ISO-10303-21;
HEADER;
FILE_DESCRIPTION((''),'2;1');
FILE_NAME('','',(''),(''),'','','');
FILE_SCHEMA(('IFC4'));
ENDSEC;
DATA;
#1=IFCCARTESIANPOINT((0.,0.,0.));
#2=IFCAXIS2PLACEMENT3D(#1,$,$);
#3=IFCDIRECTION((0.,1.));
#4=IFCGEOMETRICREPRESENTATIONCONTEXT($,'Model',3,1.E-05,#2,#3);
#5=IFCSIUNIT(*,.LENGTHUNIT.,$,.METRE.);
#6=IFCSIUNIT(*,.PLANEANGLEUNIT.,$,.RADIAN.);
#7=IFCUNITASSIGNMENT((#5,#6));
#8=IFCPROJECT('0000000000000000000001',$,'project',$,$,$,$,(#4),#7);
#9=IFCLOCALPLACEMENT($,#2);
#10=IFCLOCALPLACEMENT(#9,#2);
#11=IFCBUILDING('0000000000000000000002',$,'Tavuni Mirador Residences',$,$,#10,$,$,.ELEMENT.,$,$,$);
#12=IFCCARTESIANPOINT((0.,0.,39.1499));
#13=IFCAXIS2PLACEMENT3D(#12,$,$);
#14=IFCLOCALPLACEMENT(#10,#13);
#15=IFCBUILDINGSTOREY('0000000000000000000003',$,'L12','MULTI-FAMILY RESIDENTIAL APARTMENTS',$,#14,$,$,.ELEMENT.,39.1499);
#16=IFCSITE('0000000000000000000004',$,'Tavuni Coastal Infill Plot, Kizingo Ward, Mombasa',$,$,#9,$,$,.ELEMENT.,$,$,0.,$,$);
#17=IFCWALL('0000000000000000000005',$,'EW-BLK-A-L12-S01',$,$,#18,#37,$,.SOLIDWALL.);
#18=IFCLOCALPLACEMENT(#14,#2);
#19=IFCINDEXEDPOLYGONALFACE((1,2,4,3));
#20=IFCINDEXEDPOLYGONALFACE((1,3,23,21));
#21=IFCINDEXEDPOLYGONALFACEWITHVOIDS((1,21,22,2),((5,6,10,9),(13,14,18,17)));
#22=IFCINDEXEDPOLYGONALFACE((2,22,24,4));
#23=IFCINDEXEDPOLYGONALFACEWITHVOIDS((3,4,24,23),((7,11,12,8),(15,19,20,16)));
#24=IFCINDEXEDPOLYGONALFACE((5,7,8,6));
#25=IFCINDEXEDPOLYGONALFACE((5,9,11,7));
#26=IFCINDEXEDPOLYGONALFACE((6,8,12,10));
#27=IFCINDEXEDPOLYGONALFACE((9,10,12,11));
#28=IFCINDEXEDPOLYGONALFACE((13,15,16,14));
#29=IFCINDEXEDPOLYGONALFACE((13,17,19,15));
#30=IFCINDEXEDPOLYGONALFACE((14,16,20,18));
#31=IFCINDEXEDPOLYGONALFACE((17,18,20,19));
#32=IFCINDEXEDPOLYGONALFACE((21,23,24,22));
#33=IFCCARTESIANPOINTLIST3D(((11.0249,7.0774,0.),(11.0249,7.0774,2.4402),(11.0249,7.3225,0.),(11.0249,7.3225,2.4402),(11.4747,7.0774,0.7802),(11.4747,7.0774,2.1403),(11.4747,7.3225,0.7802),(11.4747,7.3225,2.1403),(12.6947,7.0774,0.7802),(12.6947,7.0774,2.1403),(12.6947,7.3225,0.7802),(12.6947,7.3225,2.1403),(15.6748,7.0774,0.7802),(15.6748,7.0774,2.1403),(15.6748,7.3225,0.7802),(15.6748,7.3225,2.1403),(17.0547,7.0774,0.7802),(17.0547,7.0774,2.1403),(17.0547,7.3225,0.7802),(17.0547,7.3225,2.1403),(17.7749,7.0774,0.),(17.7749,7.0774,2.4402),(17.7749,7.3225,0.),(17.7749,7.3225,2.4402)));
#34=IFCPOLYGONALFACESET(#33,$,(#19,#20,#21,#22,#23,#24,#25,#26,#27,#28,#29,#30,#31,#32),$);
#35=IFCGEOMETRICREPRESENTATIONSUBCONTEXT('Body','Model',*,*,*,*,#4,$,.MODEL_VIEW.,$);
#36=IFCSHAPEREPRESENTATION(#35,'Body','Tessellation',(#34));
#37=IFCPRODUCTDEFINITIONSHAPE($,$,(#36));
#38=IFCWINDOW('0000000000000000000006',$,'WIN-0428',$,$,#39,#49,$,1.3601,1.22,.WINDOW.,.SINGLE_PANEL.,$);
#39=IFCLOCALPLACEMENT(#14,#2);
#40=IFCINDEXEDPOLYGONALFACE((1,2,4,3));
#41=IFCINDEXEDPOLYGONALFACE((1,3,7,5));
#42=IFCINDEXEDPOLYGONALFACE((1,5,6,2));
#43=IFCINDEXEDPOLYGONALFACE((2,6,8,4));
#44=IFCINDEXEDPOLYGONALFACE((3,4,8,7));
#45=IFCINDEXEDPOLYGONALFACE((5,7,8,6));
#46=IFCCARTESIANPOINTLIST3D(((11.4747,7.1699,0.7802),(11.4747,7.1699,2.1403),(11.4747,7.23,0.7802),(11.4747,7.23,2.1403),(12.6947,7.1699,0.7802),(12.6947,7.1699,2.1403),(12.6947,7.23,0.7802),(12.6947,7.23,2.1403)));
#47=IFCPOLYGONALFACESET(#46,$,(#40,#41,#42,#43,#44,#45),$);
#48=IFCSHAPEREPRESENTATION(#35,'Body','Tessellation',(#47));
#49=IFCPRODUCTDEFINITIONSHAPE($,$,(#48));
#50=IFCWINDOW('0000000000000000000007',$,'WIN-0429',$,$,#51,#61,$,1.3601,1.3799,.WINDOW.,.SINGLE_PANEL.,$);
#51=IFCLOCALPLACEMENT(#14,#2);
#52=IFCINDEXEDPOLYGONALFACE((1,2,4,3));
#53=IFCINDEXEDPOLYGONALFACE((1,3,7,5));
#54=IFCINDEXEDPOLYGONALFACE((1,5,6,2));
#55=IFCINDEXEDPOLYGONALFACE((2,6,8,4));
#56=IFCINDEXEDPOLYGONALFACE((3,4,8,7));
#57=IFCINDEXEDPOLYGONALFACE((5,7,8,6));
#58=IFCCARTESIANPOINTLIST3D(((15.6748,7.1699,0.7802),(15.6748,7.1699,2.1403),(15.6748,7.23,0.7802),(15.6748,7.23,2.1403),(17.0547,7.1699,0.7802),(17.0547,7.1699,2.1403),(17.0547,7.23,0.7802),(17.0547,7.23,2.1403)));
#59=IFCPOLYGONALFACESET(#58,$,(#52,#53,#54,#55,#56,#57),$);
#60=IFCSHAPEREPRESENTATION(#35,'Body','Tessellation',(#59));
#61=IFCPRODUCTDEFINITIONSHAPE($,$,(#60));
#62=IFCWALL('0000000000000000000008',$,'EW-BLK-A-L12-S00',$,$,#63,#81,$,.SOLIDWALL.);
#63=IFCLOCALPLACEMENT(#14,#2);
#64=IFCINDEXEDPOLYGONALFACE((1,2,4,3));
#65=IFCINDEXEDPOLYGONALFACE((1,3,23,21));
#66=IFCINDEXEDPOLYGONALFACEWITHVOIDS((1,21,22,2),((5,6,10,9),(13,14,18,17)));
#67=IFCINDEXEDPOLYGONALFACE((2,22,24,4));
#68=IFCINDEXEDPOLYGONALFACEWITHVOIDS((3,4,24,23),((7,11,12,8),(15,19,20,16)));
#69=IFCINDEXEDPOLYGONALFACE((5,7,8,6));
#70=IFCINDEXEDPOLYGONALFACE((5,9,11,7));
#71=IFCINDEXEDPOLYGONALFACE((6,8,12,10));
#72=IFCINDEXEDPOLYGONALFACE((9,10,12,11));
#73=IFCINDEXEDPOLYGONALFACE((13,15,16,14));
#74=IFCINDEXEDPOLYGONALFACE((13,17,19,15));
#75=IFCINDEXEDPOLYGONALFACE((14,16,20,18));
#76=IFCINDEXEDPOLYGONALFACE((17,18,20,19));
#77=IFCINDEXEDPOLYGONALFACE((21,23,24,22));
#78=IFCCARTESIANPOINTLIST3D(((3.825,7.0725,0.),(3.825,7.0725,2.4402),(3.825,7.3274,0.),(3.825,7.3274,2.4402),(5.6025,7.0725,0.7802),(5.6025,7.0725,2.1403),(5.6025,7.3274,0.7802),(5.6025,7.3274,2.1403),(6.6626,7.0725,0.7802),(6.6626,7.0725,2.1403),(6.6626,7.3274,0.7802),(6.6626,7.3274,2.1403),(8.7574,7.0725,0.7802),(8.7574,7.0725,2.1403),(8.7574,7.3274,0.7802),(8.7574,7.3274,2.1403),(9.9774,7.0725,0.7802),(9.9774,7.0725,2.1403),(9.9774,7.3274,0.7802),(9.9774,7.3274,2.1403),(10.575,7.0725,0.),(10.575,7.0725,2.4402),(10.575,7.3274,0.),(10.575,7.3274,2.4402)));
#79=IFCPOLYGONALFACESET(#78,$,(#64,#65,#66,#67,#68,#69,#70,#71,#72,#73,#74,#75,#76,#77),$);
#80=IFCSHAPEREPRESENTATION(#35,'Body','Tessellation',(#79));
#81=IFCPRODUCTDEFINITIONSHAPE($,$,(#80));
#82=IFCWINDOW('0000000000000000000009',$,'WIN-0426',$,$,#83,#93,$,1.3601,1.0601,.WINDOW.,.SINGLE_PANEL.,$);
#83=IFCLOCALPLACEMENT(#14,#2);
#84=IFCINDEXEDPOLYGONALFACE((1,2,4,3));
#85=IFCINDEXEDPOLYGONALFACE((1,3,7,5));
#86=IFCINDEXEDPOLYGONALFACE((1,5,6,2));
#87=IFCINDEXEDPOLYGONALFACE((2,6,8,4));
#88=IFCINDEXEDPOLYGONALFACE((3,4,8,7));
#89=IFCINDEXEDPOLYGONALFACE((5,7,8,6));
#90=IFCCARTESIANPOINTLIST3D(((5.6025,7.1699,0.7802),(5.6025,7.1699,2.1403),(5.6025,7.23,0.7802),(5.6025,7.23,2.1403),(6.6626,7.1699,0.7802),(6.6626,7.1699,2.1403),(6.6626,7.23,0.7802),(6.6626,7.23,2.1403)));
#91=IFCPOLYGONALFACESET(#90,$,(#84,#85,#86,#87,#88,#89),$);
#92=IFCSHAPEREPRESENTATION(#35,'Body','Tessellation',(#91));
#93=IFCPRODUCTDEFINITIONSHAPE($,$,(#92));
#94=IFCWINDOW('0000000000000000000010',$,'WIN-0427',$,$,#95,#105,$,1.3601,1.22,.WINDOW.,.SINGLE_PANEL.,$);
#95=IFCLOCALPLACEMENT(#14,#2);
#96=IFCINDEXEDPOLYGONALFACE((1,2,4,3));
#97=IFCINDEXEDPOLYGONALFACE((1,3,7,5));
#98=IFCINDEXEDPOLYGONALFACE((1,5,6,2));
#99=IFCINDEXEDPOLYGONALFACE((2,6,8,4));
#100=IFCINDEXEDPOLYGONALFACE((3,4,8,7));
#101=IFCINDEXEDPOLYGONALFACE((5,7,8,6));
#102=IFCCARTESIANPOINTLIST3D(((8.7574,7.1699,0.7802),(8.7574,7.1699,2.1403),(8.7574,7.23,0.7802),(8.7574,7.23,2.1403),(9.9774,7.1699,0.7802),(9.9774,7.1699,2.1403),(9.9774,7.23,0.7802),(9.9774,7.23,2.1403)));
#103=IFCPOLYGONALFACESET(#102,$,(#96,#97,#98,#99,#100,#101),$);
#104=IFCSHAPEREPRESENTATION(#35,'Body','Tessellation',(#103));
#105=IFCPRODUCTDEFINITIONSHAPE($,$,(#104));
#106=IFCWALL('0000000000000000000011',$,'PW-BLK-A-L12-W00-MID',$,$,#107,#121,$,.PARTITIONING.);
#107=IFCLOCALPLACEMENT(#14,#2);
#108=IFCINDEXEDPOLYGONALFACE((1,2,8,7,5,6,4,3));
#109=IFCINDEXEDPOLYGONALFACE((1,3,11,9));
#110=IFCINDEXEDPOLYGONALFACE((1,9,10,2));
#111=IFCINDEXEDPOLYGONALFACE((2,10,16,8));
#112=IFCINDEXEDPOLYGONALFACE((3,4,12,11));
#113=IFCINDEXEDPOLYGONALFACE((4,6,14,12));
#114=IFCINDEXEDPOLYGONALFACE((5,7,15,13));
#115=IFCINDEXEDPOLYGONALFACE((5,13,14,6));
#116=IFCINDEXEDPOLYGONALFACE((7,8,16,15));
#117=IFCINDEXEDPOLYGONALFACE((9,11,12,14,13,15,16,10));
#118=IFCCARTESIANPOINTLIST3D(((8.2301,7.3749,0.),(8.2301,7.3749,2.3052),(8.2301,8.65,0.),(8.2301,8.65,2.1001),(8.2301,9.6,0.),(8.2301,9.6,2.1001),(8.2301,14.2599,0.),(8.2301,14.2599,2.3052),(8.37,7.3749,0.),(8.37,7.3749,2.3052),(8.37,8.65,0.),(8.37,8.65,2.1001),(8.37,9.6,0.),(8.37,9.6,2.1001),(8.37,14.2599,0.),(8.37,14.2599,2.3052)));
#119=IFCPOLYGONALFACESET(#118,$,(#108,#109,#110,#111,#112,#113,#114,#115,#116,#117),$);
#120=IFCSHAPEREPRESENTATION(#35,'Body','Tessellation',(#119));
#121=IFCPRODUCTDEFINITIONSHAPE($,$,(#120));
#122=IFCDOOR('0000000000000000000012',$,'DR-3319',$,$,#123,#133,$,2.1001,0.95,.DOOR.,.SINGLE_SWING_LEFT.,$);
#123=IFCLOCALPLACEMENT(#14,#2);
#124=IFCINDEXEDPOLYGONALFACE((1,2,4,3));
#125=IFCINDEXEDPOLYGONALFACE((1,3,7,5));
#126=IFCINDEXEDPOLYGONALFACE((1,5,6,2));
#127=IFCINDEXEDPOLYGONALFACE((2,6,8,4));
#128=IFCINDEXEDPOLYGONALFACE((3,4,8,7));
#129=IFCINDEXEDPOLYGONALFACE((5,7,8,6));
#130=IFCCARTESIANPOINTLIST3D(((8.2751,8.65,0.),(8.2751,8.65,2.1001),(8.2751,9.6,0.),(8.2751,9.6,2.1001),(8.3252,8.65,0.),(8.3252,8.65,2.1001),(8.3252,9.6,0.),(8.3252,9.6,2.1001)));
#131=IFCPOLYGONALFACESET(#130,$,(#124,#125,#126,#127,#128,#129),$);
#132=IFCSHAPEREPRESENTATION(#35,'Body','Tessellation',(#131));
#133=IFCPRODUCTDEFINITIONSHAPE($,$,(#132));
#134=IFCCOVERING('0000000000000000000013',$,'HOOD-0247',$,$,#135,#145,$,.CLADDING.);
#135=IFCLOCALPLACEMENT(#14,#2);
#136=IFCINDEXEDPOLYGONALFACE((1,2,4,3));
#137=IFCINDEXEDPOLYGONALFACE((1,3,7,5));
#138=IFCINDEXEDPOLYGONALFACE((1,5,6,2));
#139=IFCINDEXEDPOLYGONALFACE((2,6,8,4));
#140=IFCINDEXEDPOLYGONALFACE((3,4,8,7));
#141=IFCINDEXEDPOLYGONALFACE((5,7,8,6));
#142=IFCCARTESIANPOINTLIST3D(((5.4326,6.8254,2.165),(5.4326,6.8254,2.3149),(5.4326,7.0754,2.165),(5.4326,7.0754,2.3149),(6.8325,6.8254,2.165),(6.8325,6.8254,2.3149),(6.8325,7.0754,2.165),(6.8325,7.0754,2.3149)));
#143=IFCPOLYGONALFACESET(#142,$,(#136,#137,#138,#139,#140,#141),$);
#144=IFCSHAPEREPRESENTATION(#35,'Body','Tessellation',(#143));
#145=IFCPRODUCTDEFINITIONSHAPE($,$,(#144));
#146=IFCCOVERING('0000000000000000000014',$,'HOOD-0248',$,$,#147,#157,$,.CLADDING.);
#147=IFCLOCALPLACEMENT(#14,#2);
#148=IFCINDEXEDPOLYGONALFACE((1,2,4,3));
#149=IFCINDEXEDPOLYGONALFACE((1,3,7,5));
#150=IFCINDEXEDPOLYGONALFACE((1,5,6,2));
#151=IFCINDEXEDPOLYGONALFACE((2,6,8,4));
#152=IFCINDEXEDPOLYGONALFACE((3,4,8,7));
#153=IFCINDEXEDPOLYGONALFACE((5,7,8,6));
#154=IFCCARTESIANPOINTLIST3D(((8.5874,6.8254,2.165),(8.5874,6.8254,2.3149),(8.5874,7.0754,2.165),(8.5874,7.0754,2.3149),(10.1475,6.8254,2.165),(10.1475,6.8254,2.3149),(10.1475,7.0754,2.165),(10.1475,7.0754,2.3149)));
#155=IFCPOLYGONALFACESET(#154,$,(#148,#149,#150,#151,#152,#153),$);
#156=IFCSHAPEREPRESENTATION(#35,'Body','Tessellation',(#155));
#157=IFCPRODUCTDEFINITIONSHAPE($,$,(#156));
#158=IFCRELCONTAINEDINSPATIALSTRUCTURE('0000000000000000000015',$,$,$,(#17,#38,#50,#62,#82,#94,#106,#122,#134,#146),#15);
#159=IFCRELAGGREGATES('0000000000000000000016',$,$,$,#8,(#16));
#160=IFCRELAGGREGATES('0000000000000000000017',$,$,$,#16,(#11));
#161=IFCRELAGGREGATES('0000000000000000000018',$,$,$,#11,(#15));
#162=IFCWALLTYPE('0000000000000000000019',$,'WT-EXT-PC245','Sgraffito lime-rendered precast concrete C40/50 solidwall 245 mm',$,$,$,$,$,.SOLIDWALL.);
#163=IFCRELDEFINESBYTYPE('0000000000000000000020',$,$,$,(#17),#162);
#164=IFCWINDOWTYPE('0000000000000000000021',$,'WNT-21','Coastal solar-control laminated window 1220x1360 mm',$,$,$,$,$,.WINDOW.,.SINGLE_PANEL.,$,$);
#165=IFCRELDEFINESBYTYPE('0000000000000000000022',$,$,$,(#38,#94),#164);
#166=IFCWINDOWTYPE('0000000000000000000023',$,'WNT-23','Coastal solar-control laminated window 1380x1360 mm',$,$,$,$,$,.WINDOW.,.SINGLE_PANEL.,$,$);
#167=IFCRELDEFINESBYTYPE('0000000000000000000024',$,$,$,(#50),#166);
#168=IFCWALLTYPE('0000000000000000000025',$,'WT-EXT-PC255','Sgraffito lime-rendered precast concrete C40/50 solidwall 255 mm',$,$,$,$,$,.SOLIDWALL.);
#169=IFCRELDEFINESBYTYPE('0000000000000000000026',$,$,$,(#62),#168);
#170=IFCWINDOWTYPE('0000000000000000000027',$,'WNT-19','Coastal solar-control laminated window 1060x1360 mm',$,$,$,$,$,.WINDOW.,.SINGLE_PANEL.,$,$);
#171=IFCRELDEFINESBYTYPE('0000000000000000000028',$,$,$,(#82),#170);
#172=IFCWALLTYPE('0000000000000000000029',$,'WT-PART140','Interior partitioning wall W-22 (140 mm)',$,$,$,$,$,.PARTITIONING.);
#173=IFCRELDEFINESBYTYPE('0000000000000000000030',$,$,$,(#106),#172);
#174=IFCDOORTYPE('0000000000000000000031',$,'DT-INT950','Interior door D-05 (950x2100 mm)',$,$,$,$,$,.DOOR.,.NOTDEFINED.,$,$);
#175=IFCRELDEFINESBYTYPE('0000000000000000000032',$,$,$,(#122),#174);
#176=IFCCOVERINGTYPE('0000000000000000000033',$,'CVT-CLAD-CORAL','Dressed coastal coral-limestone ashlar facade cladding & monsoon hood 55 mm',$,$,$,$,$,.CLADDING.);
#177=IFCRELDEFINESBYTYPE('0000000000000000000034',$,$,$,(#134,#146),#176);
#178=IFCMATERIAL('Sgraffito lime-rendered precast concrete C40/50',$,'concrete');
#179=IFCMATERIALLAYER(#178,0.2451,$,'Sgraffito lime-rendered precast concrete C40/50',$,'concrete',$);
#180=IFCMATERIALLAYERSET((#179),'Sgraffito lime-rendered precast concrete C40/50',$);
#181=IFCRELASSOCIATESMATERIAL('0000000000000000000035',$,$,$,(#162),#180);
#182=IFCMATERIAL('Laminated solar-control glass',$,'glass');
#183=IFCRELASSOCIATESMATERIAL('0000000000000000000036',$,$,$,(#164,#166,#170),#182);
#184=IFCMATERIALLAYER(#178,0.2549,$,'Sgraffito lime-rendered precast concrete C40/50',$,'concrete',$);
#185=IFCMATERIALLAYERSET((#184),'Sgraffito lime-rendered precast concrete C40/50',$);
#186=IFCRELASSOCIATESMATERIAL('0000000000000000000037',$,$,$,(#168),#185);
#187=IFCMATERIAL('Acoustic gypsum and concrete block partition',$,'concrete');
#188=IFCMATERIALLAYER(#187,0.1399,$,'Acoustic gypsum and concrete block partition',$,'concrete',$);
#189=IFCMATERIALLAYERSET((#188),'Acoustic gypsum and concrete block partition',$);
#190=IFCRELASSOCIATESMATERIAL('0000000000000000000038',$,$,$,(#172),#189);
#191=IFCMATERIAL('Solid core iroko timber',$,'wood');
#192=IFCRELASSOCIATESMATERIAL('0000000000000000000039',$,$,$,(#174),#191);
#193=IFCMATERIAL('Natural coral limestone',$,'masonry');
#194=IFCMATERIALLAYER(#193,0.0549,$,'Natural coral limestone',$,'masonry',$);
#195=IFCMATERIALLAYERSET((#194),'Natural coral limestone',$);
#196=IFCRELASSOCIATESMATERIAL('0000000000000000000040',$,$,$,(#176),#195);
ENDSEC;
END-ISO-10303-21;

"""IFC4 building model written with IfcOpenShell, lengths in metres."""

from ifc_helpers import new_model, si_unit, direction, frame, frame_2d, origin, origin_2d, place, context, subcontext, project, spatial, rectangle, extrude, material, layer, layer_set, type_object, element, fill, save


model = new_model("IFC4")

# Units and contexts
model_context = context("Model", 3, precision=1e-05, world=origin(), true_north=direction((0.0, 1.0)))
body_context = subcontext(model_context, "Body", "Model", "MODEL_VIEW")
ifc_project = project(units=[si_unit("LENGTHUNIT", "METRE"), si_unit("PLANEANGLEUNIT", "RADIAN")], contexts=[model_context])

# Site, building, storey
site_placement = place(None, origin())
site = spatial("IfcSite", under=ifc_project, at=site_placement, Name="Tavuni Coastal Infill Plot, Kizingo Ward, Mombasa", CompositionType="ELEMENT", RefElevation=0.0)
building_placement = place(site_placement, origin())
building = spatial("IfcBuilding", under=site, at=building_placement, Name="Tavuni Mirador Residences", CompositionType="ELEMENT")
storey_placement = place(building_placement, frame((0.0, 0.0, 39.1499)))
storey = spatial("IfcBuildingStorey", under=building, at=storey_placement, Name="L12", Description="MULTI-FAMILY RESIDENTIAL APARTMENTS", CompositionType="ELEMENT", Elevation=39.1499)

# Shared definitions
ifc_material_1 = material(Name="Laminated solar-control glass", Category="glass")

# Shared definitions
ifc_material_2 = material(Name="Solid core iroko timber", Category="wood")

# Walls, openings, windows
ifc_material_3 = material(Name="Sgraffito lime-rendered precast concrete C40/50", Category="concrete")
ifc_layer_1 = layer(ifc_material_3, 0.2451, Name="Sgraffito lime-rendered precast concrete C40/50", Category="concrete")
ifc_layer_set_1 = layer_set([ifc_layer_1], Name="Sgraffito lime-rendered precast concrete C40/50")
wall_type_1 = type_object("IfcWallType", Name="WT-EXT-PC245", Description="Sgraffito lime-rendered precast concrete C40/50 solidwall 245 mm", PredefinedType="SOLIDWALL", material=ifc_layer_set_1)
wall_1_placement = place(storey_placement, frame((11.0249, 7.2, 0.0), z_axis=(0.0, 0.0, 1.0), x_axis=(1.0, 0.0, 0.0)))
wall_1 = element("IfcWall", 1, at=wall_1_placement, inside=storey, type_object=wall_type_1, Name="EW-BLK-A-L12-S01", PredefinedType="SOLIDWALL", context=body_context, shape_type="SweptSolid", body=[
    extrude(rectangle(XDim=6.75, YDim=0.2451, at=frame_2d((3.375, 0.0))), origin(), (0.0, 0.0, 1.0), 2.4402),
])
opening_1_placement = place(wall_1_placement, frame((0.45, 0.0, 0.78)))
opening_1 = element("IfcOpeningElement", 2, at=opening_1_placement, cuts=wall_1, PredefinedType="OPENING", context=body_context, shape_type="SweptSolid", body=[
    extrude(rectangle(XDim=1.22, YDim=1.3601, at=frame_2d((0.6099, 0.6802))), frame((0.0, 0.1326, 0.0), z_axis=(0.0, -1.0, 0.0), x_axis=(1.0, 0.0, 0.0)), (0.0, 0.0, 1.0), 0.2651),
])
opening_2_placement = place(wall_1_placement, frame((4.6499, 0.0, 0.78)))
opening_2 = element("IfcOpeningElement", 3, at=opening_2_placement, cuts=wall_1, PredefinedType="OPENING", context=body_context, shape_type="SweptSolid", body=[
    extrude(rectangle(XDim=1.3799, YDim=1.3601, at=frame_2d((0.6899, 0.6802))), frame((0.0, 0.1326, 0.0), z_axis=(0.0, -1.0, 0.0), x_axis=(1.0, 0.0, 0.0)), (0.0, 0.0, 1.0), 0.2651),
])
window_type_1 = type_object("IfcWindowType", Name="WNT-21", Description="Coastal solar-control laminated window 1220x1360 mm", PartitioningType="SINGLE_PANEL", PredefinedType="WINDOW", material=ifc_material_1)
window_1_placement = place(opening_1_placement, origin())
window_1 = element("IfcWindow", 4, at=window_1_placement, inside=storey, type_object=window_type_1, Name="WIN-0428", OverallHeight=1.3601, OverallWidth=1.22, PartitioningType="SINGLE_PANEL", PredefinedType="WINDOW", context=body_context, shape_type="SweptSolid", body=[
    extrude(rectangle(XDim=1.22, YDim=1.3601, at=frame_2d((0.6099, 0.6802))), frame((0.0, 0.03, 0.0), z_axis=(0.0, -1.0, 0.0), x_axis=(1.0, 0.0, 0.0)), (0.0, 0.0, 1.0), 0.0601),
])
fill(opening_1, window_1)
window_type_2 = type_object("IfcWindowType", Name="WNT-23", Description="Coastal solar-control laminated window 1380x1360 mm", PartitioningType="SINGLE_PANEL", PredefinedType="WINDOW", material=ifc_material_1)
window_2_placement = place(opening_2_placement, origin())
window_2 = element("IfcWindow", 5, at=window_2_placement, inside=storey, type_object=window_type_2, Name="WIN-0429", OverallHeight=1.3601, OverallWidth=1.3799, PartitioningType="SINGLE_PANEL", PredefinedType="WINDOW", context=body_context, shape_type="SweptSolid", body=[
    extrude(rectangle(XDim=1.3799, YDim=1.3601, at=frame_2d((0.6899, 0.6802))), frame((0.0, 0.03, 0.0), z_axis=(0.0, -1.0, 0.0), x_axis=(1.0, 0.0, 0.0)), (0.0, 0.0, 1.0), 0.0601),
])
fill(opening_2, window_2)
ifc_layer_2 = layer(ifc_material_3, 0.2549, Name="Sgraffito lime-rendered precast concrete C40/50", Category="concrete")
ifc_layer_set_2 = layer_set([ifc_layer_2], Name="Sgraffito lime-rendered precast concrete C40/50")
wall_type_2 = type_object("IfcWallType", Name="WT-EXT-PC255", Description="Sgraffito lime-rendered precast concrete C40/50 solidwall 255 mm", PredefinedType="SOLIDWALL", material=ifc_layer_set_2)
wall_2_placement = place(storey_placement, frame((3.825, 7.2, 0.0), z_axis=(0.0, 0.0, 1.0), x_axis=(1.0, 0.0, 0.0)))
wall_2 = element("IfcWall", 6, at=wall_2_placement, inside=storey, type_object=wall_type_2, Name="EW-BLK-A-L12-S00", PredefinedType="SOLIDWALL", context=body_context, shape_type="SweptSolid", body=[
    extrude(rectangle(XDim=6.75, YDim=0.2549, at=frame_2d((3.375, 0.0))), origin(), (0.0, 0.0, 1.0), 2.4402),
])
opening_3_placement = place(wall_2_placement, frame((1.7776, 0.0, 0.78)))
opening_3 = element("IfcOpeningElement", 7, at=opening_3_placement, cuts=wall_2, PredefinedType="OPENING", context=body_context, shape_type="SweptSolid", body=[
    extrude(rectangle(XDim=1.0601, YDim=1.3601, at=frame_2d((0.53, 0.6802))), frame((0.0, 0.1375, 0.0), z_axis=(0.0, -1.0, 0.0), x_axis=(1.0, 0.0, 0.0)), (0.0, 0.0, 1.0), 0.2749),
])
opening_4_placement = place(wall_2_placement, frame((4.9326, 0.0, 0.78)))
opening_4 = element("IfcOpeningElement", 8, at=opening_4_placement, cuts=wall_2, PredefinedType="OPENING", context=body_context, shape_type="SweptSolid", body=[
    extrude(rectangle(XDim=1.22, YDim=1.3601, at=frame_2d((0.6099, 0.6802))), frame((0.0, 0.1375, 0.0), z_axis=(0.0, -1.0, 0.0), x_axis=(1.0, 0.0, 0.0)), (0.0, 0.0, 1.0), 0.2749),
])
window_type_3 = type_object("IfcWindowType", Name="WNT-19", Description="Coastal solar-control laminated window 1060x1360 mm", PartitioningType="SINGLE_PANEL", PredefinedType="WINDOW", material=ifc_material_1)
window_3_placement = place(opening_3_placement, origin())
window_3 = element("IfcWindow", 9, at=window_3_placement, inside=storey, type_object=window_type_3, Name="WIN-0426", OverallHeight=1.3601, OverallWidth=1.0601, PartitioningType="SINGLE_PANEL", PredefinedType="WINDOW", context=body_context, shape_type="SweptSolid", body=[
    extrude(rectangle(XDim=1.0601, YDim=1.3601, at=frame_2d((0.53, 0.6802))), frame((0.0, 0.03, 0.0), z_axis=(0.0, -1.0, 0.0), x_axis=(1.0, 0.0, 0.0)), (0.0, 0.0, 1.0), 0.0601),
])
fill(opening_3, window_3)
window_4_placement = place(opening_4_placement, origin())
window_4 = element("IfcWindow", 10, at=window_4_placement, inside=storey, type_object=window_type_1, Name="WIN-0427", OverallHeight=1.3601, OverallWidth=1.22, PartitioningType="SINGLE_PANEL", PredefinedType="WINDOW", context=body_context, shape_type="SweptSolid", body=[
    extrude(rectangle(XDim=1.22, YDim=1.3601, at=frame_2d((0.6099, 0.6802))), frame((0.0, 0.03, 0.0), z_axis=(0.0, -1.0, 0.0), x_axis=(1.0, 0.0, 0.0)), (0.0, 0.0, 1.0), 0.0601),
])
fill(opening_4, window_4)

# Wall, opening, door
ifc_material_4 = material(Name="Acoustic gypsum and concrete block partition", Category="concrete")
ifc_layer_3 = layer(ifc_material_4, 0.1399, Name="Acoustic gypsum and concrete block partition", Category="concrete")
ifc_layer_set_3 = layer_set([ifc_layer_3], Name="Acoustic gypsum and concrete block partition")
wall_type_3 = type_object("IfcWallType", Name="WT-PART140", Description="Interior partitioning wall W-22 (140 mm)", PredefinedType="PARTITIONING", material=ifc_layer_set_3)
wall_3_placement = place(storey_placement, frame((8.3, 7.375, 0.0), z_axis=(0.0, 0.0, 1.0), x_axis=(0.0, 1.0, 0.0)))
wall_3 = element("IfcWall", 11, at=wall_3_placement, inside=storey, type_object=wall_type_3, Name="PW-BLK-A-L12-W00-MID", PredefinedType="PARTITIONING", context=body_context, shape_type="SweptSolid", body=[
    extrude(rectangle(XDim=6.885, YDim=0.1399, at=frame_2d((3.4424, 0.0))), origin(), (0.0, 0.0, 1.0), 2.3052),
])
opening_5_placement = place(wall_3_placement, frame((1.2749, 0.0, 0.0)))
opening_5 = element("IfcOpeningElement", 12, at=opening_5_placement, cuts=wall_3, PredefinedType="OPENING", context=body_context, shape_type="SweptSolid", body=[
    extrude(rectangle(XDim=0.95, YDim=2.1001, at=frame_2d((0.4751, 1.05))), frame((0.0, 0.0801, 0.0), z_axis=(0.0, -1.0, 0.0), x_axis=(1.0, 0.0, 0.0)), (0.0, 0.0, 1.0), 0.1599),
])
door_type_1 = type_object("IfcDoorType", Name="DT-INT950", Description="Interior door D-05 (950x2100 mm)", OperationType="NOTDEFINED", PredefinedType="DOOR", material=ifc_material_2)
door_1_placement = place(opening_5_placement, origin())
door_1 = element("IfcDoor", 13, at=door_1_placement, inside=storey, type_object=door_type_1, Name="DR-3319", OperationType="SINGLE_SWING_LEFT", OverallHeight=2.1001, OverallWidth=0.95, PredefinedType="DOOR", context=body_context, shape_type="SweptSolid", body=[
    extrude(rectangle(XDim=0.95, YDim=2.1001, at=frame_2d((0.4751, 1.05))), frame((0.0, 0.0249, 0.0), z_axis=(0.0, -1.0, 0.0), x_axis=(1.0, 0.0, 0.0)), (0.0, 0.0, 1.0), 0.05),
])
fill(opening_5, door_1)

# Coverings
ifc_material_5 = material(Name="Natural coral limestone", Category="masonry")
ifc_layer_4 = layer(ifc_material_5, 0.0549, Name="Natural coral limestone", Category="masonry")
ifc_layer_set_4 = layer_set([ifc_layer_4], Name="Natural coral limestone")
covering_type = type_object("IfcCoveringType", Name="CVT-CLAD-CORAL", Description="Dressed coastal coral-limestone ashlar facade cladding & monsoon hood 55 mm", PredefinedType="CLADDING", material=ifc_layer_set_4)
covering_1_placement = place(storey_placement, frame((6.1326, 6.9504, 2.165), z_axis=(0.0, 0.0, 1.0), x_axis=(1.0, 0.0, 0.0)))
element("IfcCovering", 14, at=covering_1_placement, inside=storey, type_object=covering_type, Name="HOOD-0247", PredefinedType="CLADDING", context=body_context, shape_type="SweptSolid", body=[
    extrude(rectangle(XDim=1.3999, YDim=0.25, at=origin_2d()), origin(), (0.0, 0.0, 1.0), 0.1499),
])
covering_2_placement = place(storey_placement, frame((9.3674, 6.9504, 2.165), z_axis=(0.0, 0.0, 1.0), x_axis=(1.0, 0.0, 0.0)))
element("IfcCovering", 15, at=covering_2_placement, inside=storey, type_object=covering_type, Name="HOOD-0248", PredefinedType="CLADDING", context=body_context, shape_type="SweptSolid", body=[
    extrude(rectangle(XDim=1.5601, YDim=0.25, at=origin_2d()), origin(), (0.0, 0.0, 1.0), 0.1499),
])

save(model, "model.ifc")
